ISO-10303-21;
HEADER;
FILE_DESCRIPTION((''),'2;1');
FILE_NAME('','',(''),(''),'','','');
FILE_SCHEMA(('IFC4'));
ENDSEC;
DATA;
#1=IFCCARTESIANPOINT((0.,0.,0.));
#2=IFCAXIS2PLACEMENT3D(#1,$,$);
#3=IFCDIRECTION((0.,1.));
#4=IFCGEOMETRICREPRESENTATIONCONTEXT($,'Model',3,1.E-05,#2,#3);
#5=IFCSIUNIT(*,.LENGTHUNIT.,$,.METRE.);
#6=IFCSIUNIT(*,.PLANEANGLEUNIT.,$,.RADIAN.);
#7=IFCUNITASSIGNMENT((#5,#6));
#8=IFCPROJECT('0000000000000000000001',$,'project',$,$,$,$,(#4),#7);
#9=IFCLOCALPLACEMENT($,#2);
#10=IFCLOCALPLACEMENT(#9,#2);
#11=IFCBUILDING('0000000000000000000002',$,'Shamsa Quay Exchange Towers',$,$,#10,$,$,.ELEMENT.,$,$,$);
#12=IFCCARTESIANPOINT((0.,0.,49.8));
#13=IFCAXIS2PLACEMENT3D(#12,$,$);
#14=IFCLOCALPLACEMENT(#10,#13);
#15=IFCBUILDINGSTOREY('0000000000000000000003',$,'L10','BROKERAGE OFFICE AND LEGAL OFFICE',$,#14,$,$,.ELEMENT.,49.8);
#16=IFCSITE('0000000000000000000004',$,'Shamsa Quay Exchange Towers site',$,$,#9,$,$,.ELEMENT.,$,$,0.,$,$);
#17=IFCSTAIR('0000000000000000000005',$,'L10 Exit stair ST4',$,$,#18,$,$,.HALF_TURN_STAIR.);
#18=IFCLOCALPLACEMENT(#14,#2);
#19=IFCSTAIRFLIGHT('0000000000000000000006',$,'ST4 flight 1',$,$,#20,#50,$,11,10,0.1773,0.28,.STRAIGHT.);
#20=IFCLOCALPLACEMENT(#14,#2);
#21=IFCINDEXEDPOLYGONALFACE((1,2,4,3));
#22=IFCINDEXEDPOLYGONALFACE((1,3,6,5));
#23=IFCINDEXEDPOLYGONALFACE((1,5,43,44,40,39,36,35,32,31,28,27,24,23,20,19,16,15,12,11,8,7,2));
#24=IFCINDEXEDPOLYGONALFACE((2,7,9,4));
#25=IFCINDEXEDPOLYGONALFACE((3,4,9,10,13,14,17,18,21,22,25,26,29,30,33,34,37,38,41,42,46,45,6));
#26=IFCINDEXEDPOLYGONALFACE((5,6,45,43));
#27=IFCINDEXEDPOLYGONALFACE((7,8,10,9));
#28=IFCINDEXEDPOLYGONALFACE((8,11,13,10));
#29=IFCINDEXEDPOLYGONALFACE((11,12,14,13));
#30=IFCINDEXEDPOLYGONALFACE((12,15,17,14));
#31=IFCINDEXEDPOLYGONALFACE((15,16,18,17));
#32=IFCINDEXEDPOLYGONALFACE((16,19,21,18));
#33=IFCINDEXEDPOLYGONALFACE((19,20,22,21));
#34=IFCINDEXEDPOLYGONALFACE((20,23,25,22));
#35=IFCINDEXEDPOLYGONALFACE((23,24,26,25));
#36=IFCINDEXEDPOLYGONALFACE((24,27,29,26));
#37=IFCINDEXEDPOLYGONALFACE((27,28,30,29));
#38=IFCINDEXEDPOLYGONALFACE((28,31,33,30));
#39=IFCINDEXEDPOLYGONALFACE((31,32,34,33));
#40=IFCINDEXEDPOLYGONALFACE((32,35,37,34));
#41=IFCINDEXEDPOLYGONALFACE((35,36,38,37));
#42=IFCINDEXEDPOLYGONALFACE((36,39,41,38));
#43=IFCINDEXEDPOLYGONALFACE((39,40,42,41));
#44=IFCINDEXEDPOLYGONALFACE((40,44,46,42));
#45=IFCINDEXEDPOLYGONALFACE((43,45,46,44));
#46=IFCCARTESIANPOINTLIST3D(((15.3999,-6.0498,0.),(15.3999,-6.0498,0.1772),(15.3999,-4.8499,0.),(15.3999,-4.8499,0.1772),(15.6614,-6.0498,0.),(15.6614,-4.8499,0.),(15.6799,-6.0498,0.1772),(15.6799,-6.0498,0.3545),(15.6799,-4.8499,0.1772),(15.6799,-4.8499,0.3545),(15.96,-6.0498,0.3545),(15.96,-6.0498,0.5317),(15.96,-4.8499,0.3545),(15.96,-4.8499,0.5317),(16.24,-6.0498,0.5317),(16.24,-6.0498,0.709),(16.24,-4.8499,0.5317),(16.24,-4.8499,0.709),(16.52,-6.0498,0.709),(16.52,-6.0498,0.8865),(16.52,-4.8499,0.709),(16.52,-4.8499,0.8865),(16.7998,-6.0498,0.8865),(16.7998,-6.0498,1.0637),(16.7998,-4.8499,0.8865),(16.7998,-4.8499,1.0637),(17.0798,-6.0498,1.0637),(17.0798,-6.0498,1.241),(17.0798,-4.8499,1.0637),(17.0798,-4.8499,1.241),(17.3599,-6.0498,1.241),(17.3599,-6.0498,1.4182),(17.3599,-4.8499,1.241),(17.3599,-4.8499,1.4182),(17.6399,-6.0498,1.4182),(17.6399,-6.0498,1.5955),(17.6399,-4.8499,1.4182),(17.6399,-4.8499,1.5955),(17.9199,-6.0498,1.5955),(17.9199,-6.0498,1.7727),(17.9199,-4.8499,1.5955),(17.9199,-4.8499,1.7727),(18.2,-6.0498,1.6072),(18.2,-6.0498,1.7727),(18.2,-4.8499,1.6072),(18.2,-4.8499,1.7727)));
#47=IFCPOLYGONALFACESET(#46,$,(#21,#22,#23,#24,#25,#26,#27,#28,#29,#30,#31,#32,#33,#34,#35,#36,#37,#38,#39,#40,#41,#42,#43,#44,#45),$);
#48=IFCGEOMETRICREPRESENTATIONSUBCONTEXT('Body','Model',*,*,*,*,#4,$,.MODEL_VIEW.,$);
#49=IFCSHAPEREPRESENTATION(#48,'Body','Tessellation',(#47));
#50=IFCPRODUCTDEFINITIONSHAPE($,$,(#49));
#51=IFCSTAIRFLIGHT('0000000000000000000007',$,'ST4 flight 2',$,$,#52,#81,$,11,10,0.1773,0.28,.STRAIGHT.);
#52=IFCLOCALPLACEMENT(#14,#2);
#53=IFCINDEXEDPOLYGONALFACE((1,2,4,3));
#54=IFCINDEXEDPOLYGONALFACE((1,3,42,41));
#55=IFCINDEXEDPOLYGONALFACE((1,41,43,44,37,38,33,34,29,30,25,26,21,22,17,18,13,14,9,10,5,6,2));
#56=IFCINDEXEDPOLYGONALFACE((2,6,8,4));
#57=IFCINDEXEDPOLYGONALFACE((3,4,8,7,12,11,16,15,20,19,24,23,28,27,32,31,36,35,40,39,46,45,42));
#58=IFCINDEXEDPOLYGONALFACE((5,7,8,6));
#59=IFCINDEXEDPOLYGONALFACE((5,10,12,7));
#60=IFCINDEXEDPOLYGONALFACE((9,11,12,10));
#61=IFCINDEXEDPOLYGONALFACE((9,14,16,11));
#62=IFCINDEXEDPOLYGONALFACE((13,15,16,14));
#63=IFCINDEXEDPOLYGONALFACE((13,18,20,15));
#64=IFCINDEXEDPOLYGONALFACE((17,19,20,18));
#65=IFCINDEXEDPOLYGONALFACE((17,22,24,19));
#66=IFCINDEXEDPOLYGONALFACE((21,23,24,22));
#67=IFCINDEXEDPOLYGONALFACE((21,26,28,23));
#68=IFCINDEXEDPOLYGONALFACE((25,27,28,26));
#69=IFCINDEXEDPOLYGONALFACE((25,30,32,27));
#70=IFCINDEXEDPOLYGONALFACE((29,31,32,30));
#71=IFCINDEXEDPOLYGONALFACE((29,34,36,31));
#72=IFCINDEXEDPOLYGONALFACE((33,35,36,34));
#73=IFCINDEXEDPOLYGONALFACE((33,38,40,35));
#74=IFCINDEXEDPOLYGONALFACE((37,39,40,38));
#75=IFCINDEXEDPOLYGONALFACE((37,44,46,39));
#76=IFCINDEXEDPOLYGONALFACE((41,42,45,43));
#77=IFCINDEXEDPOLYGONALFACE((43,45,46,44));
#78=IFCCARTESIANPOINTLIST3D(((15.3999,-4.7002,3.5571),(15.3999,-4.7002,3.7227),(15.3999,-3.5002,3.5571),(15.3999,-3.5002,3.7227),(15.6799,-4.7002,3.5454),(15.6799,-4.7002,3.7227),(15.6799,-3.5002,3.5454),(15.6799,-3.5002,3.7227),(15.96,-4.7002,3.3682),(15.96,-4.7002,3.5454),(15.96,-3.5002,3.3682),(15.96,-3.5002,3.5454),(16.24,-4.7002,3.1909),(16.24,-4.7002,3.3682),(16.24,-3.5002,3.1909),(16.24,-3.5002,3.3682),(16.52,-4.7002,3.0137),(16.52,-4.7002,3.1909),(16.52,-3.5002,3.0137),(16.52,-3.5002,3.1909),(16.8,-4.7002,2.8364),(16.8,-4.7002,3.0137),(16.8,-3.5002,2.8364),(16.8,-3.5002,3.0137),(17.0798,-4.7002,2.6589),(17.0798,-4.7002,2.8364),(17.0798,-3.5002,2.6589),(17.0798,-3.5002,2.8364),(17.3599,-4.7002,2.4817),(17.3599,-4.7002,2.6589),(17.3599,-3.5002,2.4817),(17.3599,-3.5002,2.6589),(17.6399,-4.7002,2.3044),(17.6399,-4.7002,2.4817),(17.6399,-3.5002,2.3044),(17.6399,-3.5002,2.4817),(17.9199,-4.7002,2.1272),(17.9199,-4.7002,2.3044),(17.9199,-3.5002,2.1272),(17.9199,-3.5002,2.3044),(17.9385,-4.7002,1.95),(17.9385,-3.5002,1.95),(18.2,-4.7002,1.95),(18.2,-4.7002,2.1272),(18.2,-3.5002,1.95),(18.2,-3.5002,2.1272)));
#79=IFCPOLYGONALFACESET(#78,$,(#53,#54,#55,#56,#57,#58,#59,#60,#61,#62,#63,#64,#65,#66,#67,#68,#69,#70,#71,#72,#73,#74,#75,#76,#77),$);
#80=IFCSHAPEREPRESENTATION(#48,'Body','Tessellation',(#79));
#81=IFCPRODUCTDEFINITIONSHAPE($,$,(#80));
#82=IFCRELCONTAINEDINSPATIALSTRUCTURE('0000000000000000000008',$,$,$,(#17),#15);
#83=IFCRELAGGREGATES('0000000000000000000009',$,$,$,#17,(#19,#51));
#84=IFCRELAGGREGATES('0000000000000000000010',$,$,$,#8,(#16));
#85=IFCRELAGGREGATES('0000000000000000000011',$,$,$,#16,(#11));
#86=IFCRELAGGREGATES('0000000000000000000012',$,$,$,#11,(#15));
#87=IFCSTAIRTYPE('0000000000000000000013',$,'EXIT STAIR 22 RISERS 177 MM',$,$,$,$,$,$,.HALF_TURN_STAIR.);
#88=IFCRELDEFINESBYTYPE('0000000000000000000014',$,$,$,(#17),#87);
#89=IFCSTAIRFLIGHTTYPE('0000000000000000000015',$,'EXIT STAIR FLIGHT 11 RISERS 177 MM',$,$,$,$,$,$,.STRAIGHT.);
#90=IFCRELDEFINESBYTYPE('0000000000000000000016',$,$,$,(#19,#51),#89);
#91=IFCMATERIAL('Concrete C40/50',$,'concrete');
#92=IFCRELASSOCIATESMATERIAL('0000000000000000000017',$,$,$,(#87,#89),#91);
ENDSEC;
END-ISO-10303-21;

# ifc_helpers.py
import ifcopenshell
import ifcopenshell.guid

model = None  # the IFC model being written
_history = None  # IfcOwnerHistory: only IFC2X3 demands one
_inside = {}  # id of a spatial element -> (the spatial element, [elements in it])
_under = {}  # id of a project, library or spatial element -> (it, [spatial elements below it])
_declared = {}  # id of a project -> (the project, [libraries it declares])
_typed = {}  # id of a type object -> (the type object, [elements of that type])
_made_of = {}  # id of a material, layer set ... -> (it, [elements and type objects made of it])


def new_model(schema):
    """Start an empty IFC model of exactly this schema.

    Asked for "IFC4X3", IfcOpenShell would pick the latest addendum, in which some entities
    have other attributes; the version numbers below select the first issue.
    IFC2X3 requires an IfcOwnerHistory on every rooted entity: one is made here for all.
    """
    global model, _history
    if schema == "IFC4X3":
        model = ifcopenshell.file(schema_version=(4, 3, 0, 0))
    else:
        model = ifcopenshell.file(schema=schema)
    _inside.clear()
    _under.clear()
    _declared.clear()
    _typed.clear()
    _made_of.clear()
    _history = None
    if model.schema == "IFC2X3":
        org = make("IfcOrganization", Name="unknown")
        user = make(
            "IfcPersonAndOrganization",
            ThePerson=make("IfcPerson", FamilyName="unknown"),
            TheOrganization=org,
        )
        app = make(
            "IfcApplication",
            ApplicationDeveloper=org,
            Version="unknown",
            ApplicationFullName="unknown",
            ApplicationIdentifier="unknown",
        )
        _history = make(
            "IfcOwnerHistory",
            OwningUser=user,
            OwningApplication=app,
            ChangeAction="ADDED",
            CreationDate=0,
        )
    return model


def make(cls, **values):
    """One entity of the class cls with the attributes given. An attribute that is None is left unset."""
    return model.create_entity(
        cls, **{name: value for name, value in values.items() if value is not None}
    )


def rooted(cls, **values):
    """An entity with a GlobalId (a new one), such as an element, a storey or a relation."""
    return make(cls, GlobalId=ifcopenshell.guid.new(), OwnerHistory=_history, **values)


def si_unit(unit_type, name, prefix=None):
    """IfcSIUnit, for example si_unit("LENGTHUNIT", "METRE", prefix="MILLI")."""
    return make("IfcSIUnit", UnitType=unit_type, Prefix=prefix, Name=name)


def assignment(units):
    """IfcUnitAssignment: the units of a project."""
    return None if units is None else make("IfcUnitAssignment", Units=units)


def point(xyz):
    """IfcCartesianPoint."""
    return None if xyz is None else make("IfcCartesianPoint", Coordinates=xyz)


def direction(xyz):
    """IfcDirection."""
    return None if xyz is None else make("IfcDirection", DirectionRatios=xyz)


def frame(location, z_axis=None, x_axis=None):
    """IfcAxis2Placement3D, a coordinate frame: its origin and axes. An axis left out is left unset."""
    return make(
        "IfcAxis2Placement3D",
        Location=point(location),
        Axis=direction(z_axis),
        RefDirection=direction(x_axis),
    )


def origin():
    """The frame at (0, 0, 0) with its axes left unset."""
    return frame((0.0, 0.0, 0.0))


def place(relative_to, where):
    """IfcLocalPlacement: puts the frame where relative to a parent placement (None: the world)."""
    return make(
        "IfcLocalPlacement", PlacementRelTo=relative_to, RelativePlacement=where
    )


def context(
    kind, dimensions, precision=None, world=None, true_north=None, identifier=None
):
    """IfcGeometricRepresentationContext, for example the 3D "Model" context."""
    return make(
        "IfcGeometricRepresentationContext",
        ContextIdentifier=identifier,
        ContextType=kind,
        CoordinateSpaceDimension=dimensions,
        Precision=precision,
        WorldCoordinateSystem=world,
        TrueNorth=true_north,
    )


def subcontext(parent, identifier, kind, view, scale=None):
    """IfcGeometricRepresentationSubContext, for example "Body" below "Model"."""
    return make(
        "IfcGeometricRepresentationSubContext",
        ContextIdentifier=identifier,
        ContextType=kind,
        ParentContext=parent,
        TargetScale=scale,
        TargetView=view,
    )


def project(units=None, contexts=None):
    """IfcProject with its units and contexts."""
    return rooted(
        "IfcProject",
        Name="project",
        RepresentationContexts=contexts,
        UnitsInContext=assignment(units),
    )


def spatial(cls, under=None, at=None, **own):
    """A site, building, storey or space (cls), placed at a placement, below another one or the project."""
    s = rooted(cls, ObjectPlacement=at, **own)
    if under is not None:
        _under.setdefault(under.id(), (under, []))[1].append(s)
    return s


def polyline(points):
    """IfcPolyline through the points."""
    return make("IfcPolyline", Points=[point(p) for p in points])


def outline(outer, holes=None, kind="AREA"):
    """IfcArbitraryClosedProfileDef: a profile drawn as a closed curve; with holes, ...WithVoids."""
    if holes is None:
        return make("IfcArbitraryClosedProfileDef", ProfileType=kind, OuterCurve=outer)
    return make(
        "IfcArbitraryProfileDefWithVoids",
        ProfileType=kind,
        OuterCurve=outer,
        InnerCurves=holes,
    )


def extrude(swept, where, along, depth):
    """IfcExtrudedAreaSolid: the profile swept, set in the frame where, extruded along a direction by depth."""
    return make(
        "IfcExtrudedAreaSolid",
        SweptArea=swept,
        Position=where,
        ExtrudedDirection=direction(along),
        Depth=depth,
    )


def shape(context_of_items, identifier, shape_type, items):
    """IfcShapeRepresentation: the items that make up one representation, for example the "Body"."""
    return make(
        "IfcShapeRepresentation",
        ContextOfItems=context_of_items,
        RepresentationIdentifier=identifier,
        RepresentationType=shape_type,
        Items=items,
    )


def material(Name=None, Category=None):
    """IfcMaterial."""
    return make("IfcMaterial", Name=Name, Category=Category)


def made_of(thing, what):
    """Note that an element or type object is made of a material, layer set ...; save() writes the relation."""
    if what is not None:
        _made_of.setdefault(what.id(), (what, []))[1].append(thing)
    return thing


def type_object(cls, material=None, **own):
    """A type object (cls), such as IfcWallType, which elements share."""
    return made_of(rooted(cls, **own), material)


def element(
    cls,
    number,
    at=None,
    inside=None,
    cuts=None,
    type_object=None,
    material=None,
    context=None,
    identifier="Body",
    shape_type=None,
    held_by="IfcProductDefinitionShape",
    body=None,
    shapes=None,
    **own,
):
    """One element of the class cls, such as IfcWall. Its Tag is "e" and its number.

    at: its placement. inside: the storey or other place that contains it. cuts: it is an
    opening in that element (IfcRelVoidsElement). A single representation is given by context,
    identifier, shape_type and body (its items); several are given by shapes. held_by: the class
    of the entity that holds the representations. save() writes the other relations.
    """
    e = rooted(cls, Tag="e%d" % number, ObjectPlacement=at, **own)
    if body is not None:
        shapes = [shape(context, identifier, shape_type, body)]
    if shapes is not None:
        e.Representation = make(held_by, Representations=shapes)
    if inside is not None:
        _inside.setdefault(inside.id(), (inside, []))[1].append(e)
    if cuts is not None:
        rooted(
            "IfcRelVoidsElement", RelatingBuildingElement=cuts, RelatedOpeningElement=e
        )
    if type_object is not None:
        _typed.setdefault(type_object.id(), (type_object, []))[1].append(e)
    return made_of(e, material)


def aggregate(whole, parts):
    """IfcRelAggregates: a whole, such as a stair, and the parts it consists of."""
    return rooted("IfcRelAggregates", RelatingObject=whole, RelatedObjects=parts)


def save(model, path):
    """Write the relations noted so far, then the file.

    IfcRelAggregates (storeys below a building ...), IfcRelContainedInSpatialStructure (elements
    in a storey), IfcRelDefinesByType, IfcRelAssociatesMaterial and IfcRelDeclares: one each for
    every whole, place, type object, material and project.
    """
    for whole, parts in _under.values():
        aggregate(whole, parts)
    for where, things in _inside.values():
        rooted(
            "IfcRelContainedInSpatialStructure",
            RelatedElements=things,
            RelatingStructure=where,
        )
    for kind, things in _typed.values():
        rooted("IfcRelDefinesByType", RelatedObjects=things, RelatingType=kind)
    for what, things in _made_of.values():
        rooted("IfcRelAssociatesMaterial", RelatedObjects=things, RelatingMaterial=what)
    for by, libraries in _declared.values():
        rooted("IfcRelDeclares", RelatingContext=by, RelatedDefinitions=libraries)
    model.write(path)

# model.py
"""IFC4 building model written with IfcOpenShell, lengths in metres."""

from ifc_helpers import new_model, si_unit, direction, frame, origin, place, context, subcontext, project, spatial, polyline, outline, extrude, material, type_object, element, aggregate, save


model = new_model("IFC4")

# Units and contexts
model_context = context("Model", 3, precision=1e-05, world=origin(), true_north=direction((0.0, 1.0)))
body_context = subcontext(model_context, "Body", "Model", "MODEL_VIEW")
ifc_project = project(units=[si_unit("LENGTHUNIT", "METRE"), si_unit("PLANEANGLEUNIT", "RADIAN")], contexts=[model_context])

# Site, building, storey
site_placement = place(None, origin())
site = spatial("IfcSite", under=ifc_project, at=site_placement, Name="Shamsa Quay Exchange Towers site", CompositionType="ELEMENT", RefElevation=0.0)
building_placement = place(site_placement, origin())
building = spatial("IfcBuilding", under=site, at=building_placement, Name="Shamsa Quay Exchange Towers", CompositionType="ELEMENT")
storey_placement = place(building_placement, frame((0.0, 0.0, 49.8)))
storey = spatial("IfcBuildingStorey", under=building, at=storey_placement, Name="L10", Description="BROKERAGE OFFICE AND LEGAL OFFICE", CompositionType="ELEMENT", Elevation=49.8)

# Stair, stair flights
ifc_material_1 = material(Name="Concrete C40/50", Category="concrete")
stair_type = type_object("IfcStairType", Name="EXIT STAIR 22 RISERS 177 MM", PredefinedType="HALF_TURN_STAIR", material=ifc_material_1)
stair_placement = place(storey_placement, origin())
stair = element("IfcStair", 1, at=stair_placement, inside=storey, type_object=stair_type, Name="L10 Exit stair ST4", PredefinedType="HALF_TURN_STAIR")
stair_flight_type = type_object("IfcStairFlightType", Name="EXIT STAIR FLIGHT 11 RISERS 177 MM", PredefinedType="STRAIGHT", material=ifc_material_1)
stair_flight_1_placement = place(storey_placement, frame((15.3999, -5.45, 0.0)))
stair_flight_1 = element("IfcStairFlight", 2, at=stair_flight_1_placement, type_object=stair_flight_type, Name="ST4 flight 1", NumberOfRisers=11, NumberOfTreads=10, PredefinedType="STRAIGHT", RiserHeight=0.1773, TreadLength=0.28, context=body_context, shape_type="SweptSolid", body=[
    extrude(outline(polyline([(0.0, 0.0), (0.0, 0.1772), (0.28, 0.1772), (0.28, 0.3545), (0.5601, 0.3545), (0.5601, 0.5317), (0.8401, 0.5317), (0.8401, 0.709), (1.1201, 0.709), (1.1201, 0.8865), (1.3999, 0.8865), (1.3999, 1.0637), (1.6799, 1.0637), (1.6799, 1.241), (1.96, 1.241), (1.96, 1.4182), (2.24, 1.4182), (2.24, 1.5955), (2.52, 1.5955), (2.52, 1.7727), (2.8, 1.7727), (2.8, 1.95), (2.8, 1.6072), (0.2615, 0.0), (0.0, 0.0)])), frame((0.0, 0.6001, 0.0), z_axis=(0.0, -1.0, 0.0), x_axis=(1.0, 0.0, 0.0)), (0.0, 0.0, 1.0), 1.2),
])
stair_flight_2_placement = place(storey_placement, frame((18.2, -4.1001, 1.95), z_axis=(0.0, 0.0, 1.0), x_axis=(-1.0, 0.0, 0.0)))
stair_flight_2 = element("IfcStairFlight", 3, at=stair_flight_2_placement, type_object=stair_flight_type, Name="ST4 flight 2", NumberOfRisers=11, NumberOfTreads=10, PredefinedType="STRAIGHT", RiserHeight=0.1773, TreadLength=0.28, context=body_context, shape_type="SweptSolid", body=[
    extrude(outline(polyline([(0.0, 0.0), (0.0, 0.1772), (0.28, 0.1772), (0.28, 0.3545), (0.5601, 0.3545), (0.5601, 0.5317), (0.8401, 0.5317), (0.8401, 0.709), (1.1201, 0.709), (1.1201, 0.8865), (1.3999, 0.8865), (1.3999, 1.0637), (1.6799, 1.0637), (1.6799, 1.241), (1.96, 1.241), (1.96, 1.4182), (2.24, 1.4182), (2.24, 1.5955), (2.52, 1.5955), (2.52, 1.7727), (2.8, 1.7727), (2.8, 1.95), (2.8, 1.6072), (0.2615, 0.0), (0.0, 0.0)])), frame((0.0, 0.6001, 0.0), z_axis=(0.0, -1.0, 0.0), x_axis=(1.0, 0.0, 0.0)), (0.0, 0.0, 1.0), 1.2),
])
aggregate(stair, [stair_flight_1, stair_flight_2])

save(model, "model.ifc")
